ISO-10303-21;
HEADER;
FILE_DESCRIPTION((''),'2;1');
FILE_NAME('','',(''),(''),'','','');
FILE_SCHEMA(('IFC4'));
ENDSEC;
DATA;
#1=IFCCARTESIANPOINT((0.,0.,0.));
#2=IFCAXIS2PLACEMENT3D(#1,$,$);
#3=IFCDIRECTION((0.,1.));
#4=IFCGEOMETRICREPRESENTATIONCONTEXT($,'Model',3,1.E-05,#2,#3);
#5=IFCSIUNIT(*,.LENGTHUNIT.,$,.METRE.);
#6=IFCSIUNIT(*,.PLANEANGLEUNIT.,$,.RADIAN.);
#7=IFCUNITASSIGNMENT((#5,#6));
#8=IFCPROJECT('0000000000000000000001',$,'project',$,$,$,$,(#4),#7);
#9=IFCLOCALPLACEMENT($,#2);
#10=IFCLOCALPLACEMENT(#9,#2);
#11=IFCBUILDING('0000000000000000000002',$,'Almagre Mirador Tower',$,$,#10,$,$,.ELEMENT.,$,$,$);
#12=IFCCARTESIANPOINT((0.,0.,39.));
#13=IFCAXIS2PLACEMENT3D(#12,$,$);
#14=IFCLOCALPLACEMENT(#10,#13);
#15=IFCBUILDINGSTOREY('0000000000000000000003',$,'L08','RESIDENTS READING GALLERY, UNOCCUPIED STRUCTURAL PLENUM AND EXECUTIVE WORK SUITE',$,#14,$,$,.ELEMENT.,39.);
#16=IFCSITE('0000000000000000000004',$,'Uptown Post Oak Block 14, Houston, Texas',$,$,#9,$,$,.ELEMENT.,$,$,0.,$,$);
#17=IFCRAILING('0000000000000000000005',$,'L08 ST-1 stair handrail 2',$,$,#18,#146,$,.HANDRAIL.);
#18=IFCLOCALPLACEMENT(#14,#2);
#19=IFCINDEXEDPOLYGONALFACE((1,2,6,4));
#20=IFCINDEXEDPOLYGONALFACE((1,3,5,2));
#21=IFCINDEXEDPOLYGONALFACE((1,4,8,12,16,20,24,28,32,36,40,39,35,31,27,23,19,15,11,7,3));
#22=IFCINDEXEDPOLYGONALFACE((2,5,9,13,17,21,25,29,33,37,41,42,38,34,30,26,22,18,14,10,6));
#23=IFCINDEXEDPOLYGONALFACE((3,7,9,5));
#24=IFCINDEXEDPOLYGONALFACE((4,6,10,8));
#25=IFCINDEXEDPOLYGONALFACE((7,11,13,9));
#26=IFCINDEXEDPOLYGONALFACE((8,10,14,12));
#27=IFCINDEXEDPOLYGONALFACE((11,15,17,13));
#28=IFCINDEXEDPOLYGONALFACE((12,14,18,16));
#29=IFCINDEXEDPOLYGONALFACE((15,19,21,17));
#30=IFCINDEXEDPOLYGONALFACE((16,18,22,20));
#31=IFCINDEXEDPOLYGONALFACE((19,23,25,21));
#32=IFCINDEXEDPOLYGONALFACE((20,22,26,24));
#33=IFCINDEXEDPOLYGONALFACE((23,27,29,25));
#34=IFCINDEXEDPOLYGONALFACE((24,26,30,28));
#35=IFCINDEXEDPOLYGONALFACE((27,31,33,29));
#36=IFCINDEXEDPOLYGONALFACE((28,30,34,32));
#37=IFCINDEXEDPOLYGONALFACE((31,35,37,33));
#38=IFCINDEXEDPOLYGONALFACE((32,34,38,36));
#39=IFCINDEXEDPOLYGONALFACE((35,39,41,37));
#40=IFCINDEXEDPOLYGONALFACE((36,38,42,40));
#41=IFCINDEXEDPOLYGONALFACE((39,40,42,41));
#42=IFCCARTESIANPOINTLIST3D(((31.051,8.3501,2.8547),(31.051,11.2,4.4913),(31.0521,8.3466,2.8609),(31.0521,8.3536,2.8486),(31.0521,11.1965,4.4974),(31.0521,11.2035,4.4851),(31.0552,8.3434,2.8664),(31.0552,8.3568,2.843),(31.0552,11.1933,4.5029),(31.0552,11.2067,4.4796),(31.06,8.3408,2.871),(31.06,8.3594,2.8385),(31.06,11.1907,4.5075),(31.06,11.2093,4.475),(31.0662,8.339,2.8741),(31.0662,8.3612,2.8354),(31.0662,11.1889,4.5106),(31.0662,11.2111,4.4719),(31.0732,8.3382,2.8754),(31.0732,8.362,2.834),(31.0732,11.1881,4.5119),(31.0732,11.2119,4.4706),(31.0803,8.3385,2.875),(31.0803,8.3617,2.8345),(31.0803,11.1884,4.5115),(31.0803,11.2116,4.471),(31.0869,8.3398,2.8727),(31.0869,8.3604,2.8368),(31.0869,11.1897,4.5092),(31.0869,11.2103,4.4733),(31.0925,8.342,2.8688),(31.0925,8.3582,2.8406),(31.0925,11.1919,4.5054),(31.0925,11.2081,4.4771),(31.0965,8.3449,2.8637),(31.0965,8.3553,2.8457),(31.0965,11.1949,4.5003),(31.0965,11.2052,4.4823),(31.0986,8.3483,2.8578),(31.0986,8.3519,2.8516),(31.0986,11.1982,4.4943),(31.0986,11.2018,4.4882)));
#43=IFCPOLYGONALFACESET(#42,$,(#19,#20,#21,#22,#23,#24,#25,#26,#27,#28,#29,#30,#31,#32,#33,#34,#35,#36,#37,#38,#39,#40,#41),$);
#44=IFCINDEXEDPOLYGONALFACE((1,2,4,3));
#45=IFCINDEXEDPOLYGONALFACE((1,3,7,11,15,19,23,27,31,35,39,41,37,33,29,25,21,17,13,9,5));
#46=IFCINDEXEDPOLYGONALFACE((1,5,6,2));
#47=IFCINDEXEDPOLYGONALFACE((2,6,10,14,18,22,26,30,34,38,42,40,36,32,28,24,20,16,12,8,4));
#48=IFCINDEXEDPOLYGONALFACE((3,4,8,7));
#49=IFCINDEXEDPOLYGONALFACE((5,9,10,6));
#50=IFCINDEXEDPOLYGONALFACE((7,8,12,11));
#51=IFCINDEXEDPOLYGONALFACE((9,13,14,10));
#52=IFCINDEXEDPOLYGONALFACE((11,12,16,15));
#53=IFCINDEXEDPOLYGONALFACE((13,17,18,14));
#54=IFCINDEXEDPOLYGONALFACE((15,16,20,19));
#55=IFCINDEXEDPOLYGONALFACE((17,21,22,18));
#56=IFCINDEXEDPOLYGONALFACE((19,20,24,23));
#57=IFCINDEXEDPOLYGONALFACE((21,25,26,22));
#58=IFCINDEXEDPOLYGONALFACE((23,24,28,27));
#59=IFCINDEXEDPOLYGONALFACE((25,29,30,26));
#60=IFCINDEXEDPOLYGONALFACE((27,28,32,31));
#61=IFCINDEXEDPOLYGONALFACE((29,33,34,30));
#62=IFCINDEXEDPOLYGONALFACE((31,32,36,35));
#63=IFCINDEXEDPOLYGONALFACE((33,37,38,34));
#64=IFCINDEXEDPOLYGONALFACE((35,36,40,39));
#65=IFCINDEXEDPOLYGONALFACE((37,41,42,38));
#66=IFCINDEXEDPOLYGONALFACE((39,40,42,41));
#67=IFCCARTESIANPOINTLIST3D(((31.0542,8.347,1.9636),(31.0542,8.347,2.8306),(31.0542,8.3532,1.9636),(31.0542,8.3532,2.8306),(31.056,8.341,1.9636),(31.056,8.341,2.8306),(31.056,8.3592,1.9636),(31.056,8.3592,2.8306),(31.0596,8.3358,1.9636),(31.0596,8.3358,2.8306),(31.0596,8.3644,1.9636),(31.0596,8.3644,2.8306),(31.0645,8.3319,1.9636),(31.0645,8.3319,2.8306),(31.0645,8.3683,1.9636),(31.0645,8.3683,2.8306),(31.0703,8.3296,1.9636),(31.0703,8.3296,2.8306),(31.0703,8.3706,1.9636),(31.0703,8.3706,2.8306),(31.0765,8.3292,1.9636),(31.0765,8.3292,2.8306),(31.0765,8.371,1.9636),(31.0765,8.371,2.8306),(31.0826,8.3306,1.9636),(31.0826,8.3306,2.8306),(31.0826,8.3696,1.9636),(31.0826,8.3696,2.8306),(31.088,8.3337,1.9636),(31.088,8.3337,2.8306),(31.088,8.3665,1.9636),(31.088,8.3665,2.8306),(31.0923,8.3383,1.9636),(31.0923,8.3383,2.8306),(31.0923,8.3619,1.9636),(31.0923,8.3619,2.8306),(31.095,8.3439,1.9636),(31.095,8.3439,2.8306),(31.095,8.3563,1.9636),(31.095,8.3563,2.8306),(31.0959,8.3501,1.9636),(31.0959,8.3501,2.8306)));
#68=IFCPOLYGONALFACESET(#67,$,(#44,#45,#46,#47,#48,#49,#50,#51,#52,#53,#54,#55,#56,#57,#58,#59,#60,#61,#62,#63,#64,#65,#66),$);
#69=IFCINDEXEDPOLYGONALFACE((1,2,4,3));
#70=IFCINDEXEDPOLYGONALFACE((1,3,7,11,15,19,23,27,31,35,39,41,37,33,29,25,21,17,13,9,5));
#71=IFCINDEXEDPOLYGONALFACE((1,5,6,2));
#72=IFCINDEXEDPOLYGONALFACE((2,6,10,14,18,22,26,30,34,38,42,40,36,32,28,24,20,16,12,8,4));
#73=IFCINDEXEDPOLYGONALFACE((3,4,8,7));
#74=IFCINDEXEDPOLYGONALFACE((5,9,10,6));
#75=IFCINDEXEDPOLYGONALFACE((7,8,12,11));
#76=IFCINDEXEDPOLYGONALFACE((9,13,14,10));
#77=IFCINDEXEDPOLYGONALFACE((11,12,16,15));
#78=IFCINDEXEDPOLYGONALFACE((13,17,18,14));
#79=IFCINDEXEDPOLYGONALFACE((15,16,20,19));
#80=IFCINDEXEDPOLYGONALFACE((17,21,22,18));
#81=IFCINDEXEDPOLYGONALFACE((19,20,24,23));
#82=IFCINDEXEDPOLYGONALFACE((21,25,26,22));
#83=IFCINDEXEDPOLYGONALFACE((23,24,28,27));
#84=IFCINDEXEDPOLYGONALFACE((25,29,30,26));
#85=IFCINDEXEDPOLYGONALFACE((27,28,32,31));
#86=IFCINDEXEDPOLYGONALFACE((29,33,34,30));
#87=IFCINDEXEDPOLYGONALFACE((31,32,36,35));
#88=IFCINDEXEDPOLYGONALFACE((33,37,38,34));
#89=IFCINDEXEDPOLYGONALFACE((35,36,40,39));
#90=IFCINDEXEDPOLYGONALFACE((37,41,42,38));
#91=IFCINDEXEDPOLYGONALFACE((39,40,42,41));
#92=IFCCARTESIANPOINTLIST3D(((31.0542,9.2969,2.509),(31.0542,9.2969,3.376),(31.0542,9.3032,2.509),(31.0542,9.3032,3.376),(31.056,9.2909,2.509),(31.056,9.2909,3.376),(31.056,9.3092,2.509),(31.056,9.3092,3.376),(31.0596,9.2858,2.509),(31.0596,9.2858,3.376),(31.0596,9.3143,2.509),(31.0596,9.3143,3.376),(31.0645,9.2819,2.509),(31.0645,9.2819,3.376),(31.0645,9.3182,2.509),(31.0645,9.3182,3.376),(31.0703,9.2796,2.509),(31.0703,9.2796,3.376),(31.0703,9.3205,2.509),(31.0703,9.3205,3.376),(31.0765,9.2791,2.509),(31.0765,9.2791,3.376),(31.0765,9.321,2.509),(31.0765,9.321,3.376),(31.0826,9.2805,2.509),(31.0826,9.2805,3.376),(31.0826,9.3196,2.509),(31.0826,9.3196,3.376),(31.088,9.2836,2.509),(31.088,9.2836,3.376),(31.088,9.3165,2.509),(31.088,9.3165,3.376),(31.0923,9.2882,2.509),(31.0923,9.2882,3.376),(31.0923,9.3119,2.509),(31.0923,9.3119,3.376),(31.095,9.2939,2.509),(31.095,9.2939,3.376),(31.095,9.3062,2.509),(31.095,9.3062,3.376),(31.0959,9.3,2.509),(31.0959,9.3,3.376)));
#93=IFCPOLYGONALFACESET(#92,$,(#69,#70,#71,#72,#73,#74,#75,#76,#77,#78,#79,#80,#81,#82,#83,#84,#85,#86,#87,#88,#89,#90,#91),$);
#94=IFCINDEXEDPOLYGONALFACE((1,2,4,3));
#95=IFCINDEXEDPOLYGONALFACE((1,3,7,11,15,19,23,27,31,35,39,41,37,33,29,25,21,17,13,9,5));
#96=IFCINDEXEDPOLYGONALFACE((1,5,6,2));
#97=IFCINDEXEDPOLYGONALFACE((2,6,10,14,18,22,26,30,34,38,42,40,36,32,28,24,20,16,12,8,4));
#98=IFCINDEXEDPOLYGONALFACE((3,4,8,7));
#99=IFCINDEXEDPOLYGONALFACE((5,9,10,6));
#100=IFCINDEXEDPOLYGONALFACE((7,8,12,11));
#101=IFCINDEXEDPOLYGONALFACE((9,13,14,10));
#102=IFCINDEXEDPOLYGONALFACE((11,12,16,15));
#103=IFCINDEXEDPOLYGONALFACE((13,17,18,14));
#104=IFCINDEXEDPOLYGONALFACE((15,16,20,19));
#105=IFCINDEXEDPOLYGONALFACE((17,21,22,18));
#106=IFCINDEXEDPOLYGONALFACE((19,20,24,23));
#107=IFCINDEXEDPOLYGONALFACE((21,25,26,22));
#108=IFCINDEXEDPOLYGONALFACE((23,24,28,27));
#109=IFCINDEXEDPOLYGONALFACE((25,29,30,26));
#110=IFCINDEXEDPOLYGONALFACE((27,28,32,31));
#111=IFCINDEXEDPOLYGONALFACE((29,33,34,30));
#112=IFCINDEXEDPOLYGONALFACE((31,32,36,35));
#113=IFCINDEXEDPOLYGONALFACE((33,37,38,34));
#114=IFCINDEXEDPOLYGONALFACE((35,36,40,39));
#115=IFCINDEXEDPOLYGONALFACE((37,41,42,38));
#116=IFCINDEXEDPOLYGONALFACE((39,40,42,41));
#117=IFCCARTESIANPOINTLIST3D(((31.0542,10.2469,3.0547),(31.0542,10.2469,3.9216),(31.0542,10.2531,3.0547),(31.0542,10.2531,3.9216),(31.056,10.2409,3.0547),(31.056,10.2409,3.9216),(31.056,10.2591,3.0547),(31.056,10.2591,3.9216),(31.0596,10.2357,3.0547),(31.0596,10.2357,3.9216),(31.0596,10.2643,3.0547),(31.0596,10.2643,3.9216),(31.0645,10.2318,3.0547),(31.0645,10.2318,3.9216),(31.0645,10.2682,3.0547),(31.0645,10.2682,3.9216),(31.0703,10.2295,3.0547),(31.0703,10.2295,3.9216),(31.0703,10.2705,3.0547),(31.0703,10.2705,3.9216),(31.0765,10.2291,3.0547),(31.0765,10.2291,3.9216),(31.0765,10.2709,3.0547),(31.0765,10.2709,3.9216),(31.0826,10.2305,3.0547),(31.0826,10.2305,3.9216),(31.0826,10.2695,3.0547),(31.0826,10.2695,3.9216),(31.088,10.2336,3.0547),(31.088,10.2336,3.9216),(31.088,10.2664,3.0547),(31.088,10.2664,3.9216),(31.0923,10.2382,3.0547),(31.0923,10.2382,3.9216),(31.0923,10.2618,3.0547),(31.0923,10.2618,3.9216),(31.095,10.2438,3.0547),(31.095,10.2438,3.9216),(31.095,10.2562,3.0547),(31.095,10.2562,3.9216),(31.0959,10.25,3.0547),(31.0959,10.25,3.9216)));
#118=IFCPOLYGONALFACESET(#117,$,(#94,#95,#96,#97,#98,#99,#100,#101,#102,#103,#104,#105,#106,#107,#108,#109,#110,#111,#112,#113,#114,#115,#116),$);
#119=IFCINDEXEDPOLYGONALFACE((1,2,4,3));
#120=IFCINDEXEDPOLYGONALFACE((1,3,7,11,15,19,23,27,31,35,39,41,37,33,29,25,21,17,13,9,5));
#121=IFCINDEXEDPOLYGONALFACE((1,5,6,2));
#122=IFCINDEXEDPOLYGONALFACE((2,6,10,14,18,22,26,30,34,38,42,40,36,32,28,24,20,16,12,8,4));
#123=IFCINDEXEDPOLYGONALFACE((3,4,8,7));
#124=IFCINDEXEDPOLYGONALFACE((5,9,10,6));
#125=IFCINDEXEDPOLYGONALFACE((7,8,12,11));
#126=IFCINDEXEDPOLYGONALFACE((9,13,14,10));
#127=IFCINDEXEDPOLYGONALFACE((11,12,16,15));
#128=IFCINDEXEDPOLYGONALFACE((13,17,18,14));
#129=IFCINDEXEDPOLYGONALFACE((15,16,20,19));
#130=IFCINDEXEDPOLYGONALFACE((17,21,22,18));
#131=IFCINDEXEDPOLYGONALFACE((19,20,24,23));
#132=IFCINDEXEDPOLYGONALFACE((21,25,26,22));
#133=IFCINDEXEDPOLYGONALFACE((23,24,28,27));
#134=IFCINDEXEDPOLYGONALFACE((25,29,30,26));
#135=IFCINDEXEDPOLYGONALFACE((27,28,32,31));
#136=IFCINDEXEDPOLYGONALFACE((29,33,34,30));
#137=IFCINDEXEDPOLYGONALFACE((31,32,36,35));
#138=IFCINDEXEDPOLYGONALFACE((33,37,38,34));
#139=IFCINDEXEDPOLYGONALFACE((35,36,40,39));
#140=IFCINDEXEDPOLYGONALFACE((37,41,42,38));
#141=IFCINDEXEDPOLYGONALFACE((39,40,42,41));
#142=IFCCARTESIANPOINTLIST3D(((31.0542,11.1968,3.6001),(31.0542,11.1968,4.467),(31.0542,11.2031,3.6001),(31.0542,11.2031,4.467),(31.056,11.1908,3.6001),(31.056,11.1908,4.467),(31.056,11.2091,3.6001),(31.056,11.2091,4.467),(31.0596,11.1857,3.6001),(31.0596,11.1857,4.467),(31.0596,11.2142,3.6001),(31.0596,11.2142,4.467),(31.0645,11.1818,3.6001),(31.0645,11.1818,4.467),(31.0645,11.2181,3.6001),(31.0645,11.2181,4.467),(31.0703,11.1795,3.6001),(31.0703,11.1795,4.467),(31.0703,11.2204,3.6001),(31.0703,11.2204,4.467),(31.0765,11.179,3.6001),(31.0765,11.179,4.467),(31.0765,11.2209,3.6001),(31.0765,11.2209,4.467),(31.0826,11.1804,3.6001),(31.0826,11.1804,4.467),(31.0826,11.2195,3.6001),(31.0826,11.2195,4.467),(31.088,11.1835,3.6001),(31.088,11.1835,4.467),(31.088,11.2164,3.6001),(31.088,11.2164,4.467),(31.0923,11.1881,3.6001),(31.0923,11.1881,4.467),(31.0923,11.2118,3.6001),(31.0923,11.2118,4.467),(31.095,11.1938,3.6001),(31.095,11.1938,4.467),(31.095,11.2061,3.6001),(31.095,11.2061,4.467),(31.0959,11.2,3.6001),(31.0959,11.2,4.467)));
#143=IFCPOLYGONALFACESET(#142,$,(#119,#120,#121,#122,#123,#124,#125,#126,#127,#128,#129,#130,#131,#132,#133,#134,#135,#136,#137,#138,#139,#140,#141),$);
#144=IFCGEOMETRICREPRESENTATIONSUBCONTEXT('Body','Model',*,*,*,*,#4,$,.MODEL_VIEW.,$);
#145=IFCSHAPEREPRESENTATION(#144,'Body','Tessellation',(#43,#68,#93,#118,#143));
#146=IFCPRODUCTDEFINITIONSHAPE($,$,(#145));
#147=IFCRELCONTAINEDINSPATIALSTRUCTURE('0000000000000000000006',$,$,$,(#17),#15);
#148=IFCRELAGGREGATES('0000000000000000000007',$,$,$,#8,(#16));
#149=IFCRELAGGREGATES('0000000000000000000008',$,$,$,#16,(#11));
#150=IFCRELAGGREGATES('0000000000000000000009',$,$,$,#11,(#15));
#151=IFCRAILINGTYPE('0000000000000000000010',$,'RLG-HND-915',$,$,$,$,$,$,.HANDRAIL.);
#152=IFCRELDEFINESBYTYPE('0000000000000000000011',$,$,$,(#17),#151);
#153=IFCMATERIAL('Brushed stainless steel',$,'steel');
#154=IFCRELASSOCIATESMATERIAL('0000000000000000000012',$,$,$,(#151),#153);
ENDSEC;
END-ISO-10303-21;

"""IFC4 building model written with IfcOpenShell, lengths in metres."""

from ifc_helpers import new_model, si_unit, direction, frame, origin, origin_2d, place, context, subcontext, project, spatial, circle, extrude, material, type_object, element, save


model = new_model("IFC4")

# Units and contexts
model_context = context("Model", 3, precision=1e-05, world=origin(), true_north=direction((0.0, 1.0)))
body_context = subcontext(model_context, "Body", "Model", "MODEL_VIEW")
ifc_project = project(units=[si_unit("LENGTHUNIT", "METRE"), si_unit("PLANEANGLEUNIT", "RADIAN")], contexts=[model_context])

# Site, building, storey
site_placement = place(None, origin())
site = spatial("IfcSite", under=ifc_project, at=site_placement, Name="Uptown Post Oak Block 14, Houston, Texas", CompositionType="ELEMENT", RefElevation=0.0)
building_placement = place(site_placement, origin())
building = spatial("IfcBuilding", under=site, at=building_placement, Name="Almagre Mirador Tower", CompositionType="ELEMENT")
storey_placement = place(building_placement, frame((0.0, 0.0, 39.0)))
storey = spatial("IfcBuildingStorey", under=building, at=storey_placement, Name="L08", Description="RESIDENTS READING GALLERY, UNOCCUPIED STRUCTURAL PLENUM AND EXECUTIVE WORK SUITE", CompositionType="ELEMENT", Elevation=39.0)

# Railing
ifc_material_1 = material(Name="Brushed stainless steel", Category="steel")
railing_type_1 = type_object("IfcRailingType", Name="RLG-HND-915", PredefinedType="HANDRAIL", material=ifc_material_1)
railing_1_placement = place(storey_placement, frame((31.075, 8.3501, 1.9636)))
element("IfcRailing", 1, at=railing_1_placement, inside=storey, type_object=railing_type_1, Name="L08 ST-1 stair handrail 2", PredefinedType="HANDRAIL", context=body_context, shape_type="SweptSolid", body=[
    extrude(circle(Radius=0.0239, at=origin_2d()), frame((0.0, 0.0, 0.8911), z_axis=(0.0, 0.867194, 0.49797), x_axis=(-1.0, 0.0, 0.0)), (0.0, 0.0, 1.0), 3.2864),
    extrude(circle(Radius=0.021, at=origin_2d()), origin(), (0.0, 0.0, 1.0), 0.8669),
    extrude(circle(Radius=0.021, at=origin_2d()), frame((0.0, 0.95, 0.5454)), (0.0, 0.0, 1.0), 0.8669),
    extrude(circle(Radius=0.021, at=origin_2d()), frame((0.0, 1.8999, 1.0911)), (0.0, 0.0, 1.0), 0.8669),
    extrude(circle(Radius=0.021, at=origin_2d()), frame((0.0, 2.8499, 1.6365)), (0.0, 0.0, 1.0), 0.8669),
])

save(model, "model.ifc")
